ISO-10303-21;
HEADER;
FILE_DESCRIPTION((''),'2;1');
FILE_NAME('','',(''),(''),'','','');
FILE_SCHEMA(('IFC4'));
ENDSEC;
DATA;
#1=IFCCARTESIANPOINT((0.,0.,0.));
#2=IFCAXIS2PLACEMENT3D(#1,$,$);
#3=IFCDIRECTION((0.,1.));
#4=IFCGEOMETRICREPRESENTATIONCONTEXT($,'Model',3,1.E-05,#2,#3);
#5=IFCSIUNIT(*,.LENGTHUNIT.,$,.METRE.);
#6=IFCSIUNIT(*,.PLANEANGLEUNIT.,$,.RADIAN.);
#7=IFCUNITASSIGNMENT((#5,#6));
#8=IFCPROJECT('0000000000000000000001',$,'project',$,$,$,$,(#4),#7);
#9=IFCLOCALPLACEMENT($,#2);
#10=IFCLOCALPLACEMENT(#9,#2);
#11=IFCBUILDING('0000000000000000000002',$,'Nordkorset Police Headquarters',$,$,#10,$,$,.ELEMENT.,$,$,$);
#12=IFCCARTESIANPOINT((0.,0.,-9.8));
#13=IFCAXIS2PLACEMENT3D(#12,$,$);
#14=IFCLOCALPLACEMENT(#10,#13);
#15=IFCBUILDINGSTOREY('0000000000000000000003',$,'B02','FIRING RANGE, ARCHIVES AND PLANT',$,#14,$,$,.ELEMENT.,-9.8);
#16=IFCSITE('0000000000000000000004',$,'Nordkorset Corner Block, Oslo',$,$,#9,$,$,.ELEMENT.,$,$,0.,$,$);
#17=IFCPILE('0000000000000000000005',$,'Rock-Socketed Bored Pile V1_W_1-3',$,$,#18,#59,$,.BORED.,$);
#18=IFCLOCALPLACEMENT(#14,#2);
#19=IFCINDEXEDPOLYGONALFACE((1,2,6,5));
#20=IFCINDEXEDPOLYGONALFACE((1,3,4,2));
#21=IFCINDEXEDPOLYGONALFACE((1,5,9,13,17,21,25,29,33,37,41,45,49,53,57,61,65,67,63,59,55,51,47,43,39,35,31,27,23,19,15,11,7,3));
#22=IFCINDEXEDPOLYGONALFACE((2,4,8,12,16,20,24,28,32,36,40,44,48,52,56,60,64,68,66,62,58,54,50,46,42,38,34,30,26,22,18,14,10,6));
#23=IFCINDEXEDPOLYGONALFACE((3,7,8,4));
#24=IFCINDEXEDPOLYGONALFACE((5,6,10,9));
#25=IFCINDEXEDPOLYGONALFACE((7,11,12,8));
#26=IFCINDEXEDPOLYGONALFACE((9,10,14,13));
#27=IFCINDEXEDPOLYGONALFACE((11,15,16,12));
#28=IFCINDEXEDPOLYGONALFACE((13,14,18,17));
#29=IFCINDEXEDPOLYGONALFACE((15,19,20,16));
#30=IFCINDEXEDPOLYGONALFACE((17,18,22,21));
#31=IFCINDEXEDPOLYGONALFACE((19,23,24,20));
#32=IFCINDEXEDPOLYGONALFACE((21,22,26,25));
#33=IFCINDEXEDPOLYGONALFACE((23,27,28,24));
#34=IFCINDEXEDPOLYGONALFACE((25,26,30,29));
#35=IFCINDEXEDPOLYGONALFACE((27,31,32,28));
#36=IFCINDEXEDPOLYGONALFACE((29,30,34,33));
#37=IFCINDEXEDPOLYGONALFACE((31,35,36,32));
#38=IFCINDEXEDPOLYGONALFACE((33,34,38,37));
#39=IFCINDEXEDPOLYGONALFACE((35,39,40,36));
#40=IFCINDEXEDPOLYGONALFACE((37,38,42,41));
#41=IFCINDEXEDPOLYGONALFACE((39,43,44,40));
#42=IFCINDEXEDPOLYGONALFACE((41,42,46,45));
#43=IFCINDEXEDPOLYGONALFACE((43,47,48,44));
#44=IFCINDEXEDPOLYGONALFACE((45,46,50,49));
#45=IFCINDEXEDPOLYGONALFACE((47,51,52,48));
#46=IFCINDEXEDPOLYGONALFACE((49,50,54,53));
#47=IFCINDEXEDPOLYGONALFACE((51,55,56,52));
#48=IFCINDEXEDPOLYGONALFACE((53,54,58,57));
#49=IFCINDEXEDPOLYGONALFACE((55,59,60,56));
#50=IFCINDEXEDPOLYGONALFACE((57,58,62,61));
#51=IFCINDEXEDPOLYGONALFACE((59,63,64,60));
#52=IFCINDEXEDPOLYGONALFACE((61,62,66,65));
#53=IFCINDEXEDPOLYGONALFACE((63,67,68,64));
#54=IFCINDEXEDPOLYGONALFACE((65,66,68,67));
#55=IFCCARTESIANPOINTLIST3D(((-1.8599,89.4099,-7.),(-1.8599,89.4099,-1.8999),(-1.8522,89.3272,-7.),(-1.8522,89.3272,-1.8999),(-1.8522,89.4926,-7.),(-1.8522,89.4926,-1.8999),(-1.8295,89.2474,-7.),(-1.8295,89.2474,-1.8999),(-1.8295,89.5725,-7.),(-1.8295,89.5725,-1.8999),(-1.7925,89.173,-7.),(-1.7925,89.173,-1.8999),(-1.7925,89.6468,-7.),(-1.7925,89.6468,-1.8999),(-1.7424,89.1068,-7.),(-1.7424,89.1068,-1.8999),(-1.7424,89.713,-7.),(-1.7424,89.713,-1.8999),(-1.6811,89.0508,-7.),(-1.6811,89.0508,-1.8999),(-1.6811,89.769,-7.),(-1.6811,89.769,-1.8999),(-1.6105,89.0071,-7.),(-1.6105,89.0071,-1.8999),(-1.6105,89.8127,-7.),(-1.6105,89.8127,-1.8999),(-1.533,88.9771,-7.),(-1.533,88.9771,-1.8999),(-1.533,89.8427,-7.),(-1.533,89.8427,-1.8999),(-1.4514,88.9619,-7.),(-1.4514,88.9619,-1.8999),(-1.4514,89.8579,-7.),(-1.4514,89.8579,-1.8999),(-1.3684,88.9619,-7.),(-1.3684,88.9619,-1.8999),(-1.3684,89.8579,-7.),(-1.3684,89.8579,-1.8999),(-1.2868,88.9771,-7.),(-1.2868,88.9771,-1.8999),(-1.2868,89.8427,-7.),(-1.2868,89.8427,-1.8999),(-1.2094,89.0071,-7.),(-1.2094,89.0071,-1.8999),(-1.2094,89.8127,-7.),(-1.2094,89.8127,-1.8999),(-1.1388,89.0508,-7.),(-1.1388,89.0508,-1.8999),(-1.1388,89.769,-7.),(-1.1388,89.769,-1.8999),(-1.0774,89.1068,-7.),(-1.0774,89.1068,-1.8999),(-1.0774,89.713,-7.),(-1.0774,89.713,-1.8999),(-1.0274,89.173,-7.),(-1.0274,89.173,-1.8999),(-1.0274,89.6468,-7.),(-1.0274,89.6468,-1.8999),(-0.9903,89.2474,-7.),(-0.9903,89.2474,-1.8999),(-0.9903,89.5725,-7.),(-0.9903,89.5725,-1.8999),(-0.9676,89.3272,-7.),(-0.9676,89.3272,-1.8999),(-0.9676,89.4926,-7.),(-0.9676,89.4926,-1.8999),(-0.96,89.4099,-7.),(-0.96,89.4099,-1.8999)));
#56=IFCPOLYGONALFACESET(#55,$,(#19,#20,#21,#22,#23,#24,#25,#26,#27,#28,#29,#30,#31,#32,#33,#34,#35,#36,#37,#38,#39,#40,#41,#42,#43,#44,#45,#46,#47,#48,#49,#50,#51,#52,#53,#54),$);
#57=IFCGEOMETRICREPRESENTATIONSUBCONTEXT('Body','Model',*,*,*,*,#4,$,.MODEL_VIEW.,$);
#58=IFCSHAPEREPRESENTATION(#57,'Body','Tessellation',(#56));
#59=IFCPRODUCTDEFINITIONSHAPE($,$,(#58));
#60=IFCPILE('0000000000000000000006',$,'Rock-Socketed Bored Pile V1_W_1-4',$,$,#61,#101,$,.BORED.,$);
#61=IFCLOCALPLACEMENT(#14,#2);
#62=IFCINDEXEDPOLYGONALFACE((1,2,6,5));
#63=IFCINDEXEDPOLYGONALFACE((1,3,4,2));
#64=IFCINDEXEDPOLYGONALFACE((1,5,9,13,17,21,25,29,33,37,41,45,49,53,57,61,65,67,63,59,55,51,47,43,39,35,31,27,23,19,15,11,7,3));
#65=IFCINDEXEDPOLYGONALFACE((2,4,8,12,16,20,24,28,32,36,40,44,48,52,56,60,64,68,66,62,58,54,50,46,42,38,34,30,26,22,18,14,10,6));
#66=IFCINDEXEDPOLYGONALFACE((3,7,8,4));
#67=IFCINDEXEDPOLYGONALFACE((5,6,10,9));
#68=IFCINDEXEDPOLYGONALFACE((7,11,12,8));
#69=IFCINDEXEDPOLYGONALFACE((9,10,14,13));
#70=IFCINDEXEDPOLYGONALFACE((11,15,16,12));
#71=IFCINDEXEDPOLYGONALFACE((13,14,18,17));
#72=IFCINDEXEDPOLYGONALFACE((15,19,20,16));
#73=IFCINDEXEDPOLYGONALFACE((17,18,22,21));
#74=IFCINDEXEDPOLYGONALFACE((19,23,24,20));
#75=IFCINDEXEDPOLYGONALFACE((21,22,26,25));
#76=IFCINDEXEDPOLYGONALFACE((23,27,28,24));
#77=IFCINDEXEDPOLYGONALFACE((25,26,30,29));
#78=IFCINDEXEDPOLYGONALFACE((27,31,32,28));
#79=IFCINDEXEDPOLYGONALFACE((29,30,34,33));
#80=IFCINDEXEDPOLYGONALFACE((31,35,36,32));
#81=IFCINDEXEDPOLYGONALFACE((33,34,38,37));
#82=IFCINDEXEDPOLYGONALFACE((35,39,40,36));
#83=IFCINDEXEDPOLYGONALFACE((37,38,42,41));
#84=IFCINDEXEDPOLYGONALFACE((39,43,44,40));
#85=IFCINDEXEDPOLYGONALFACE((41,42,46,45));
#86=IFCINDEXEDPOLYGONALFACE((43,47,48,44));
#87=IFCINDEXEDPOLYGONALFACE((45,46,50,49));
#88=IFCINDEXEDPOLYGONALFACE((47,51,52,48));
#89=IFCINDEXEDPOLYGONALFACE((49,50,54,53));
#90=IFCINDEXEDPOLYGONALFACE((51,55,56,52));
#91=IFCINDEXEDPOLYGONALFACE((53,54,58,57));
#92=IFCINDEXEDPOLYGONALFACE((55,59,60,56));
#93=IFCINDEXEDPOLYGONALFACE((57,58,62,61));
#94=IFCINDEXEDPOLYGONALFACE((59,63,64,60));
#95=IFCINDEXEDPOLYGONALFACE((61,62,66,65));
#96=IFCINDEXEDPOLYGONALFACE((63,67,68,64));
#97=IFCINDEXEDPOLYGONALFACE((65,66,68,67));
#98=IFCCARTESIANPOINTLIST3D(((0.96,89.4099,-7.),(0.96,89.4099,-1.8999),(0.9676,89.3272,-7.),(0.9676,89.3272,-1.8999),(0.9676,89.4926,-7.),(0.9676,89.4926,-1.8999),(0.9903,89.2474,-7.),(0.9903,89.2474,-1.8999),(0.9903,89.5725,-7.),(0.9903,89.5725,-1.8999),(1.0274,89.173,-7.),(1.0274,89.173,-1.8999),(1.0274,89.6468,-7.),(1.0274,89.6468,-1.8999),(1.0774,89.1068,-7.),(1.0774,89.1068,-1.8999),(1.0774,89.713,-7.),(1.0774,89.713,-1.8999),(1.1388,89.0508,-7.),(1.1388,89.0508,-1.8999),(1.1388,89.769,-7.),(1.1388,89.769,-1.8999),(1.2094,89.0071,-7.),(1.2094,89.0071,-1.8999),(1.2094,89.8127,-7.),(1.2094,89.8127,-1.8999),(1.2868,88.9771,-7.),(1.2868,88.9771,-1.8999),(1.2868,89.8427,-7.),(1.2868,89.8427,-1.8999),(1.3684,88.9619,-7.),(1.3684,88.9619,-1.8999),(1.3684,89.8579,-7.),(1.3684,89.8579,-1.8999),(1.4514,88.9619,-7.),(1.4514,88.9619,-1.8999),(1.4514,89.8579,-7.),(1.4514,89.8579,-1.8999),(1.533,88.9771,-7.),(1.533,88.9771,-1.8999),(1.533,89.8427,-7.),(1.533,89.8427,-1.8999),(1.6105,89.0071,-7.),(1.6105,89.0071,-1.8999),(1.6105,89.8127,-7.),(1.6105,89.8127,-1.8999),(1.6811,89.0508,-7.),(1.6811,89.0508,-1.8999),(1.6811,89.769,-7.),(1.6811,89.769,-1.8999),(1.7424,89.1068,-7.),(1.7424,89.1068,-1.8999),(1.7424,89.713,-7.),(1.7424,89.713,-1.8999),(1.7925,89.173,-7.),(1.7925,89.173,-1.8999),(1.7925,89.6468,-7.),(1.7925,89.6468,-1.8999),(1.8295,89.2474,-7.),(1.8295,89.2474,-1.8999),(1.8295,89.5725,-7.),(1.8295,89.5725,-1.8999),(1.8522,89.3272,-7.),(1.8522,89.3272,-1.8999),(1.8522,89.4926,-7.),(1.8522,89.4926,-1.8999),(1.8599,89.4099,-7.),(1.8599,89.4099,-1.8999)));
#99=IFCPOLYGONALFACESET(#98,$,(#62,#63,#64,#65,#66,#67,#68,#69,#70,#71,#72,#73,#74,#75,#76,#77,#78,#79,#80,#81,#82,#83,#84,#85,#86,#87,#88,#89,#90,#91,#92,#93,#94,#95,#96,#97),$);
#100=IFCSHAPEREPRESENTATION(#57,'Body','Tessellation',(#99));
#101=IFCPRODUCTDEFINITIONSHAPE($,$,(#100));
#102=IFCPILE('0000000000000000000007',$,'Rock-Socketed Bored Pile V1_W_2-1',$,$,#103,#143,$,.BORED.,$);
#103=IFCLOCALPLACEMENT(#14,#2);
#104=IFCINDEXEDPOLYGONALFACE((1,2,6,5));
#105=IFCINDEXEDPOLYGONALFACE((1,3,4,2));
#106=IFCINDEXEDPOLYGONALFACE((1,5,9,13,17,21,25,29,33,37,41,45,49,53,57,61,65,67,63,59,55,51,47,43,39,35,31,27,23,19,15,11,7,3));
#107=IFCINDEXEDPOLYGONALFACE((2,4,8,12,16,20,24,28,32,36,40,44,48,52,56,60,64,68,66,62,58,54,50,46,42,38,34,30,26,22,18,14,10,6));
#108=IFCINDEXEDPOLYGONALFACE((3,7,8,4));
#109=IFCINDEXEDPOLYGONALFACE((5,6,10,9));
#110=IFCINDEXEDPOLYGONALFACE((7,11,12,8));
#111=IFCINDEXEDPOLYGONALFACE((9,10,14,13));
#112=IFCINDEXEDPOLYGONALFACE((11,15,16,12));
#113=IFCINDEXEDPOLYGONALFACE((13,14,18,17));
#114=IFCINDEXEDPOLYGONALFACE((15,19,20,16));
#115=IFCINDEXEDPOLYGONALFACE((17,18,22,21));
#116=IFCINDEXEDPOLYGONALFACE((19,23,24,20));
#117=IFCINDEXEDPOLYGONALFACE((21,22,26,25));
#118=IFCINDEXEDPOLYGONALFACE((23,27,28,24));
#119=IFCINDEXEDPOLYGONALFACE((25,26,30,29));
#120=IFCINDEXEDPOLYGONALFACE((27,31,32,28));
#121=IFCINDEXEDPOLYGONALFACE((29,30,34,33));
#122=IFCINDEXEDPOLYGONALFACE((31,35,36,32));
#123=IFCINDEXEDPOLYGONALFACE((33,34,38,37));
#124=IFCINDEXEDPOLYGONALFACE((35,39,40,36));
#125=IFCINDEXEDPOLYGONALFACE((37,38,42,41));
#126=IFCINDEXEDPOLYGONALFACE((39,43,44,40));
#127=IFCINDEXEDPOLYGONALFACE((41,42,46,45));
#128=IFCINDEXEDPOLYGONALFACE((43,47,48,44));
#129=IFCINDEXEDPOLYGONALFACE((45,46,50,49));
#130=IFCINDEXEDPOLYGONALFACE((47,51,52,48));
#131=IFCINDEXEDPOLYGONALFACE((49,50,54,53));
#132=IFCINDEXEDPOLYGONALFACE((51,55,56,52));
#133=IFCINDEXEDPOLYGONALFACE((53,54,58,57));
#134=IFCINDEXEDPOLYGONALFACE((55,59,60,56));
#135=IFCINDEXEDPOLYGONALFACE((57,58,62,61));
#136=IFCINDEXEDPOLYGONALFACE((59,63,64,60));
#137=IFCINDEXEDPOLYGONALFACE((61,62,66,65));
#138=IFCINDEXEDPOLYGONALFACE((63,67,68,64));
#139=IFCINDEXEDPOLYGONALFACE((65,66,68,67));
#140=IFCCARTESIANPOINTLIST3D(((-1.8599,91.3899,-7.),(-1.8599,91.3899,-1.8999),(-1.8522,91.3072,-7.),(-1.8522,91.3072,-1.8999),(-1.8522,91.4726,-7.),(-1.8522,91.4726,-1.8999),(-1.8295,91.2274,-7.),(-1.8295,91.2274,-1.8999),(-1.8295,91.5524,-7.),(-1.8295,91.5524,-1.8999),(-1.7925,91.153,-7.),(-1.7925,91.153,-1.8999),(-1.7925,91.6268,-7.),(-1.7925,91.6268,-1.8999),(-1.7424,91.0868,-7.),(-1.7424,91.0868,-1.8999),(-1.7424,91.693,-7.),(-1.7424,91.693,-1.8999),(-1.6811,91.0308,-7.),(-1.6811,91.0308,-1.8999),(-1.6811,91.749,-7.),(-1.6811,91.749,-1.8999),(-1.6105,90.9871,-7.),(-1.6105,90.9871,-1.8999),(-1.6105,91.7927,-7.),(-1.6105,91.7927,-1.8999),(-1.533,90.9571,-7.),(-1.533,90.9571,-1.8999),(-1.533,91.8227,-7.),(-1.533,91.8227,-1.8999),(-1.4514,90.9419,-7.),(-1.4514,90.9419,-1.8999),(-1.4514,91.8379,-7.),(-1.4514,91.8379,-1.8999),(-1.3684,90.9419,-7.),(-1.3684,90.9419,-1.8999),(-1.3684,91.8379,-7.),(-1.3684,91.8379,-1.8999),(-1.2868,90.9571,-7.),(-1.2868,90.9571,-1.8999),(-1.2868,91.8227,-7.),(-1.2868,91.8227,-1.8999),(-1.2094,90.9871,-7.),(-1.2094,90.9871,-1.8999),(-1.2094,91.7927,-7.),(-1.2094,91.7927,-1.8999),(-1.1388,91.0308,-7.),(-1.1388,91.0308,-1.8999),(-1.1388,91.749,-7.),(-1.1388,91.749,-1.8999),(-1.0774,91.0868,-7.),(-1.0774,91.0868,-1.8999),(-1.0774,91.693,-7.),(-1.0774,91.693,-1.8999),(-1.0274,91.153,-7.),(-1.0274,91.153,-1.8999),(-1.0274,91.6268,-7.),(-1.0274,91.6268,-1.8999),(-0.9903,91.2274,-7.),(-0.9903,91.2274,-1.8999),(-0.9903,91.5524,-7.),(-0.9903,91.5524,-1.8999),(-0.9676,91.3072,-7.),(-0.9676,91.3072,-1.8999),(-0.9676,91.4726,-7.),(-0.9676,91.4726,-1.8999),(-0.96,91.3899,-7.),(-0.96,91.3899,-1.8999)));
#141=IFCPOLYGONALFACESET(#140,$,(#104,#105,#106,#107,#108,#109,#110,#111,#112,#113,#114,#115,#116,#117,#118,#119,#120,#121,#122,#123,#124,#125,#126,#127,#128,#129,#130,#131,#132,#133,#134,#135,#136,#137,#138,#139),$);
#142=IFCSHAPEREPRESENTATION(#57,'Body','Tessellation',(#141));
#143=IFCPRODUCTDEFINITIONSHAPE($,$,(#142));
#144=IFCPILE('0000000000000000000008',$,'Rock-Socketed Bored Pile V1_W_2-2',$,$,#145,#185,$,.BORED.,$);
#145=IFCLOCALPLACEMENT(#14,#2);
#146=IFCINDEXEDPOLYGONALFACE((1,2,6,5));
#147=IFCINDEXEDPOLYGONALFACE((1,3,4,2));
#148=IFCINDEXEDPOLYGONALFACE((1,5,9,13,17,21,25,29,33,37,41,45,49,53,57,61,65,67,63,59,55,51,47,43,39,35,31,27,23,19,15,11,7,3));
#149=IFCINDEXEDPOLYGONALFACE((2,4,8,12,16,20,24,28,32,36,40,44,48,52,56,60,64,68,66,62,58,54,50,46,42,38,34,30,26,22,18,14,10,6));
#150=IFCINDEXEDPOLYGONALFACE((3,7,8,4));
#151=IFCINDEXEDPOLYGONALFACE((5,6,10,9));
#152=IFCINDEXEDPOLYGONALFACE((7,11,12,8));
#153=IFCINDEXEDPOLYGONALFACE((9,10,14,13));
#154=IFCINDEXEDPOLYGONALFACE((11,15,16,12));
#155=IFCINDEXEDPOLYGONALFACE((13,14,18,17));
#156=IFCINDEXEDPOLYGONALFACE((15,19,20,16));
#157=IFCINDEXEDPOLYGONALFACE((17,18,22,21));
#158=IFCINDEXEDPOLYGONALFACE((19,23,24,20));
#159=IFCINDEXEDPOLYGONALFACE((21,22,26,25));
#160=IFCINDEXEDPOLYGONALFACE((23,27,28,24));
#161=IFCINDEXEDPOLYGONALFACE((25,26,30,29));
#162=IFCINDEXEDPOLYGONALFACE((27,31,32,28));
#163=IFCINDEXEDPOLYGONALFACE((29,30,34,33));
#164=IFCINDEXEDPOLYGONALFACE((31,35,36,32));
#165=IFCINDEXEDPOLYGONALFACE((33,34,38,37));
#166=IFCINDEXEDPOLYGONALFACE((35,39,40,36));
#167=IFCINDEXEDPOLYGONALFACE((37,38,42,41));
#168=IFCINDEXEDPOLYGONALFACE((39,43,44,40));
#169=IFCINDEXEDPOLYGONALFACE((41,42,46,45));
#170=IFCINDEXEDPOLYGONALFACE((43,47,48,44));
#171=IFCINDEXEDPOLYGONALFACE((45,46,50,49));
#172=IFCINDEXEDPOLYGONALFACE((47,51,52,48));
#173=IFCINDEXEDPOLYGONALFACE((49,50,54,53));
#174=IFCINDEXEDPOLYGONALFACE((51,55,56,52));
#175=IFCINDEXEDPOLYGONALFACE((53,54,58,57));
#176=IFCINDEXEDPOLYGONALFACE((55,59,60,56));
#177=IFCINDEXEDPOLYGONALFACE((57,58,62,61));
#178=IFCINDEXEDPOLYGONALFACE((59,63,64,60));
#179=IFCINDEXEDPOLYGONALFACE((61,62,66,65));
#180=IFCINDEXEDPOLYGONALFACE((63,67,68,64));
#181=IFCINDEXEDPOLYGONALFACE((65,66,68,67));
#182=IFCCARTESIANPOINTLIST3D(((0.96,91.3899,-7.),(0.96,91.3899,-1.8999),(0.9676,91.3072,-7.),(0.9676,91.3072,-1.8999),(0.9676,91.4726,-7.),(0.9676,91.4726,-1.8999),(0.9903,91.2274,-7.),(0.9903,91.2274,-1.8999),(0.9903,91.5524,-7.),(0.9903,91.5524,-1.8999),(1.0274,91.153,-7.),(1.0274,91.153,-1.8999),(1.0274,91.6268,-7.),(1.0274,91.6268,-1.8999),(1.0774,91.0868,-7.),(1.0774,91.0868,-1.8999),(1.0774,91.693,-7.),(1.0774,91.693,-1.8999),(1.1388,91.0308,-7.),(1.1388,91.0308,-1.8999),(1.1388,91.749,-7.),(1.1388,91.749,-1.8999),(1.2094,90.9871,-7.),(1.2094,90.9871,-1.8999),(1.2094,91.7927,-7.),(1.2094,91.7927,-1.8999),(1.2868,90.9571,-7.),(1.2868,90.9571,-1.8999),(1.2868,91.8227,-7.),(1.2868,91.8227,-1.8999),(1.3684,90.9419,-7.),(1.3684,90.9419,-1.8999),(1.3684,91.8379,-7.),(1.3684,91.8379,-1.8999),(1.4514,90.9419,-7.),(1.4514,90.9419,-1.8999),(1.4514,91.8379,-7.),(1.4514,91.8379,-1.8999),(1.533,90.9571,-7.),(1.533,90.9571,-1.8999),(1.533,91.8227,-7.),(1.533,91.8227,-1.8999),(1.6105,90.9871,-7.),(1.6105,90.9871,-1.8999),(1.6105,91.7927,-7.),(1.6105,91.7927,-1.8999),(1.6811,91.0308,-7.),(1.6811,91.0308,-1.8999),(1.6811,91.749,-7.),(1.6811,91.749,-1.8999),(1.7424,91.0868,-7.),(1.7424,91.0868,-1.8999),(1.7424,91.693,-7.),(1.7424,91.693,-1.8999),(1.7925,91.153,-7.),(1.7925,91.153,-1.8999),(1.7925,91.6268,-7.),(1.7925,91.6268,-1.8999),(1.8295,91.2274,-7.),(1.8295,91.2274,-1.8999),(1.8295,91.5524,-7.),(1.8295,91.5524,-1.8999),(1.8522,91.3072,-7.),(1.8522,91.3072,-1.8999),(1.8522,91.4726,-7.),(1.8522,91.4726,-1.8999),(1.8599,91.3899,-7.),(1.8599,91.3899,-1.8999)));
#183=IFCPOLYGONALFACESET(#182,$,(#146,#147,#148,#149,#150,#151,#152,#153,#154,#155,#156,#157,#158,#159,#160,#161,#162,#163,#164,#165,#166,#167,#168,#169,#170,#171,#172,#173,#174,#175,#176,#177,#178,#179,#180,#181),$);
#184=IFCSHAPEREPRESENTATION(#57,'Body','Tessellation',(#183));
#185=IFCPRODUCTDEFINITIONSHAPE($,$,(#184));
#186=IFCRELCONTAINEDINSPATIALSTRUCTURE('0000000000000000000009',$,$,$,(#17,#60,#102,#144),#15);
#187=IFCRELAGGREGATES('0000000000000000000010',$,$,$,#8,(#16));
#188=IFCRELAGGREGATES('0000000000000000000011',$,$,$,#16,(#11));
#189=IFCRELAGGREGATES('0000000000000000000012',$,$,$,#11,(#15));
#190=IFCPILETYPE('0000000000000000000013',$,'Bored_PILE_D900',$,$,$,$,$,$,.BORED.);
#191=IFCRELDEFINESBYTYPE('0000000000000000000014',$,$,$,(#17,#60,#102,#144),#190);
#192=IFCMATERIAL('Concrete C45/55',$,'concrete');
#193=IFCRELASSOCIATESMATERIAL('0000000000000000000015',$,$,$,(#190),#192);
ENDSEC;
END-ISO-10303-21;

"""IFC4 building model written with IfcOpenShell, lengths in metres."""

from ifc_helpers import new_model, si_unit, direction, frame, origin, origin_2d, place, context, subcontext, project, spatial, circle, extrude, material, material_profile, profile_set, type_object, element, save


model = new_model("IFC4")

# Units and contexts
model_context = context("Model", 3, precision=1e-05, world=origin(), true_north=direction((0.0, 1.0)))
body_context = subcontext(model_context, "Body", "Model", "MODEL_VIEW")
ifc_project = project(units=[si_unit("LENGTHUNIT", "METRE"), si_unit("PLANEANGLEUNIT", "RADIAN")], contexts=[model_context])

# Site, building, storey
site_placement = place(None, origin())
site = spatial("IfcSite", under=ifc_project, at=site_placement, Name="Nordkorset Corner Block, Oslo", CompositionType="ELEMENT", RefElevation=0.0)
building_placement = place(site_placement, origin())
building = spatial("IfcBuilding", under=site, at=building_placement, Name="Nordkorset Police Headquarters", CompositionType="ELEMENT")
storey_placement = place(building_placement, frame((0.0, 0.0, -9.8)))
storey = spatial("IfcBuildingStorey", under=building, at=storey_placement, Name="B02", Description="FIRING RANGE, ARCHIVES AND PLANT", CompositionType="ELEMENT", Elevation=-9.8)

# Piles
ifc_material_1 = material(Name="Concrete C45/55", Category="concrete")
ifc_material_profile_1 = material_profile(ifc_material_1, circle(Radius=0.45, at=origin_2d()), Name="PILE D900")
ifc_profile_set_1 = profile_set([ifc_material_profile_1], Name="Concrete C45/55")
pile_type = type_object("IfcPileType", Name="Bored_PILE_D900", PredefinedType="BORED", material=ifc_profile_set_1)
for number, where, z_axis, x_axis, name in (
    (1, (-1.4099, 89.4099, -1.8999), (0.0, 0.0, -1.0), (1.0, 0.0, 0.0), "Rock-Socketed Bored Pile V1_W_1-3"),
    (2, (1.4099, 89.4099, -1.8999), (0.0, 0.0, -1.0), (1.0, 0.0, 0.0), "Rock-Socketed Bored Pile V1_W_1-4"),
    (3, (-1.4099, 91.3899, -1.8999), (0.0, 0.0, -1.0), (1.0, 0.0, 0.0), "Rock-Socketed Bored Pile V1_W_2-1"),
    (4, (1.4099, 91.3899, -1.8999), (0.0, 0.0, -1.0), (1.0, 0.0, 0.0), "Rock-Socketed Bored Pile V1_W_2-2"),
):
    element("IfcPile", number, at=place(storey_placement, frame(where, z_axis=z_axis, x_axis=x_axis)), inside=storey, type_object=pile_type, Name=name, PredefinedType="BORED", context=body_context, shape_type="SweptSolid", body=[
        extrude(circle(Radius=0.45, at=origin_2d()), origin(), (0.0, 0.0, 1.0), 5.1001),
    ])

save(model, "model.ifc")
